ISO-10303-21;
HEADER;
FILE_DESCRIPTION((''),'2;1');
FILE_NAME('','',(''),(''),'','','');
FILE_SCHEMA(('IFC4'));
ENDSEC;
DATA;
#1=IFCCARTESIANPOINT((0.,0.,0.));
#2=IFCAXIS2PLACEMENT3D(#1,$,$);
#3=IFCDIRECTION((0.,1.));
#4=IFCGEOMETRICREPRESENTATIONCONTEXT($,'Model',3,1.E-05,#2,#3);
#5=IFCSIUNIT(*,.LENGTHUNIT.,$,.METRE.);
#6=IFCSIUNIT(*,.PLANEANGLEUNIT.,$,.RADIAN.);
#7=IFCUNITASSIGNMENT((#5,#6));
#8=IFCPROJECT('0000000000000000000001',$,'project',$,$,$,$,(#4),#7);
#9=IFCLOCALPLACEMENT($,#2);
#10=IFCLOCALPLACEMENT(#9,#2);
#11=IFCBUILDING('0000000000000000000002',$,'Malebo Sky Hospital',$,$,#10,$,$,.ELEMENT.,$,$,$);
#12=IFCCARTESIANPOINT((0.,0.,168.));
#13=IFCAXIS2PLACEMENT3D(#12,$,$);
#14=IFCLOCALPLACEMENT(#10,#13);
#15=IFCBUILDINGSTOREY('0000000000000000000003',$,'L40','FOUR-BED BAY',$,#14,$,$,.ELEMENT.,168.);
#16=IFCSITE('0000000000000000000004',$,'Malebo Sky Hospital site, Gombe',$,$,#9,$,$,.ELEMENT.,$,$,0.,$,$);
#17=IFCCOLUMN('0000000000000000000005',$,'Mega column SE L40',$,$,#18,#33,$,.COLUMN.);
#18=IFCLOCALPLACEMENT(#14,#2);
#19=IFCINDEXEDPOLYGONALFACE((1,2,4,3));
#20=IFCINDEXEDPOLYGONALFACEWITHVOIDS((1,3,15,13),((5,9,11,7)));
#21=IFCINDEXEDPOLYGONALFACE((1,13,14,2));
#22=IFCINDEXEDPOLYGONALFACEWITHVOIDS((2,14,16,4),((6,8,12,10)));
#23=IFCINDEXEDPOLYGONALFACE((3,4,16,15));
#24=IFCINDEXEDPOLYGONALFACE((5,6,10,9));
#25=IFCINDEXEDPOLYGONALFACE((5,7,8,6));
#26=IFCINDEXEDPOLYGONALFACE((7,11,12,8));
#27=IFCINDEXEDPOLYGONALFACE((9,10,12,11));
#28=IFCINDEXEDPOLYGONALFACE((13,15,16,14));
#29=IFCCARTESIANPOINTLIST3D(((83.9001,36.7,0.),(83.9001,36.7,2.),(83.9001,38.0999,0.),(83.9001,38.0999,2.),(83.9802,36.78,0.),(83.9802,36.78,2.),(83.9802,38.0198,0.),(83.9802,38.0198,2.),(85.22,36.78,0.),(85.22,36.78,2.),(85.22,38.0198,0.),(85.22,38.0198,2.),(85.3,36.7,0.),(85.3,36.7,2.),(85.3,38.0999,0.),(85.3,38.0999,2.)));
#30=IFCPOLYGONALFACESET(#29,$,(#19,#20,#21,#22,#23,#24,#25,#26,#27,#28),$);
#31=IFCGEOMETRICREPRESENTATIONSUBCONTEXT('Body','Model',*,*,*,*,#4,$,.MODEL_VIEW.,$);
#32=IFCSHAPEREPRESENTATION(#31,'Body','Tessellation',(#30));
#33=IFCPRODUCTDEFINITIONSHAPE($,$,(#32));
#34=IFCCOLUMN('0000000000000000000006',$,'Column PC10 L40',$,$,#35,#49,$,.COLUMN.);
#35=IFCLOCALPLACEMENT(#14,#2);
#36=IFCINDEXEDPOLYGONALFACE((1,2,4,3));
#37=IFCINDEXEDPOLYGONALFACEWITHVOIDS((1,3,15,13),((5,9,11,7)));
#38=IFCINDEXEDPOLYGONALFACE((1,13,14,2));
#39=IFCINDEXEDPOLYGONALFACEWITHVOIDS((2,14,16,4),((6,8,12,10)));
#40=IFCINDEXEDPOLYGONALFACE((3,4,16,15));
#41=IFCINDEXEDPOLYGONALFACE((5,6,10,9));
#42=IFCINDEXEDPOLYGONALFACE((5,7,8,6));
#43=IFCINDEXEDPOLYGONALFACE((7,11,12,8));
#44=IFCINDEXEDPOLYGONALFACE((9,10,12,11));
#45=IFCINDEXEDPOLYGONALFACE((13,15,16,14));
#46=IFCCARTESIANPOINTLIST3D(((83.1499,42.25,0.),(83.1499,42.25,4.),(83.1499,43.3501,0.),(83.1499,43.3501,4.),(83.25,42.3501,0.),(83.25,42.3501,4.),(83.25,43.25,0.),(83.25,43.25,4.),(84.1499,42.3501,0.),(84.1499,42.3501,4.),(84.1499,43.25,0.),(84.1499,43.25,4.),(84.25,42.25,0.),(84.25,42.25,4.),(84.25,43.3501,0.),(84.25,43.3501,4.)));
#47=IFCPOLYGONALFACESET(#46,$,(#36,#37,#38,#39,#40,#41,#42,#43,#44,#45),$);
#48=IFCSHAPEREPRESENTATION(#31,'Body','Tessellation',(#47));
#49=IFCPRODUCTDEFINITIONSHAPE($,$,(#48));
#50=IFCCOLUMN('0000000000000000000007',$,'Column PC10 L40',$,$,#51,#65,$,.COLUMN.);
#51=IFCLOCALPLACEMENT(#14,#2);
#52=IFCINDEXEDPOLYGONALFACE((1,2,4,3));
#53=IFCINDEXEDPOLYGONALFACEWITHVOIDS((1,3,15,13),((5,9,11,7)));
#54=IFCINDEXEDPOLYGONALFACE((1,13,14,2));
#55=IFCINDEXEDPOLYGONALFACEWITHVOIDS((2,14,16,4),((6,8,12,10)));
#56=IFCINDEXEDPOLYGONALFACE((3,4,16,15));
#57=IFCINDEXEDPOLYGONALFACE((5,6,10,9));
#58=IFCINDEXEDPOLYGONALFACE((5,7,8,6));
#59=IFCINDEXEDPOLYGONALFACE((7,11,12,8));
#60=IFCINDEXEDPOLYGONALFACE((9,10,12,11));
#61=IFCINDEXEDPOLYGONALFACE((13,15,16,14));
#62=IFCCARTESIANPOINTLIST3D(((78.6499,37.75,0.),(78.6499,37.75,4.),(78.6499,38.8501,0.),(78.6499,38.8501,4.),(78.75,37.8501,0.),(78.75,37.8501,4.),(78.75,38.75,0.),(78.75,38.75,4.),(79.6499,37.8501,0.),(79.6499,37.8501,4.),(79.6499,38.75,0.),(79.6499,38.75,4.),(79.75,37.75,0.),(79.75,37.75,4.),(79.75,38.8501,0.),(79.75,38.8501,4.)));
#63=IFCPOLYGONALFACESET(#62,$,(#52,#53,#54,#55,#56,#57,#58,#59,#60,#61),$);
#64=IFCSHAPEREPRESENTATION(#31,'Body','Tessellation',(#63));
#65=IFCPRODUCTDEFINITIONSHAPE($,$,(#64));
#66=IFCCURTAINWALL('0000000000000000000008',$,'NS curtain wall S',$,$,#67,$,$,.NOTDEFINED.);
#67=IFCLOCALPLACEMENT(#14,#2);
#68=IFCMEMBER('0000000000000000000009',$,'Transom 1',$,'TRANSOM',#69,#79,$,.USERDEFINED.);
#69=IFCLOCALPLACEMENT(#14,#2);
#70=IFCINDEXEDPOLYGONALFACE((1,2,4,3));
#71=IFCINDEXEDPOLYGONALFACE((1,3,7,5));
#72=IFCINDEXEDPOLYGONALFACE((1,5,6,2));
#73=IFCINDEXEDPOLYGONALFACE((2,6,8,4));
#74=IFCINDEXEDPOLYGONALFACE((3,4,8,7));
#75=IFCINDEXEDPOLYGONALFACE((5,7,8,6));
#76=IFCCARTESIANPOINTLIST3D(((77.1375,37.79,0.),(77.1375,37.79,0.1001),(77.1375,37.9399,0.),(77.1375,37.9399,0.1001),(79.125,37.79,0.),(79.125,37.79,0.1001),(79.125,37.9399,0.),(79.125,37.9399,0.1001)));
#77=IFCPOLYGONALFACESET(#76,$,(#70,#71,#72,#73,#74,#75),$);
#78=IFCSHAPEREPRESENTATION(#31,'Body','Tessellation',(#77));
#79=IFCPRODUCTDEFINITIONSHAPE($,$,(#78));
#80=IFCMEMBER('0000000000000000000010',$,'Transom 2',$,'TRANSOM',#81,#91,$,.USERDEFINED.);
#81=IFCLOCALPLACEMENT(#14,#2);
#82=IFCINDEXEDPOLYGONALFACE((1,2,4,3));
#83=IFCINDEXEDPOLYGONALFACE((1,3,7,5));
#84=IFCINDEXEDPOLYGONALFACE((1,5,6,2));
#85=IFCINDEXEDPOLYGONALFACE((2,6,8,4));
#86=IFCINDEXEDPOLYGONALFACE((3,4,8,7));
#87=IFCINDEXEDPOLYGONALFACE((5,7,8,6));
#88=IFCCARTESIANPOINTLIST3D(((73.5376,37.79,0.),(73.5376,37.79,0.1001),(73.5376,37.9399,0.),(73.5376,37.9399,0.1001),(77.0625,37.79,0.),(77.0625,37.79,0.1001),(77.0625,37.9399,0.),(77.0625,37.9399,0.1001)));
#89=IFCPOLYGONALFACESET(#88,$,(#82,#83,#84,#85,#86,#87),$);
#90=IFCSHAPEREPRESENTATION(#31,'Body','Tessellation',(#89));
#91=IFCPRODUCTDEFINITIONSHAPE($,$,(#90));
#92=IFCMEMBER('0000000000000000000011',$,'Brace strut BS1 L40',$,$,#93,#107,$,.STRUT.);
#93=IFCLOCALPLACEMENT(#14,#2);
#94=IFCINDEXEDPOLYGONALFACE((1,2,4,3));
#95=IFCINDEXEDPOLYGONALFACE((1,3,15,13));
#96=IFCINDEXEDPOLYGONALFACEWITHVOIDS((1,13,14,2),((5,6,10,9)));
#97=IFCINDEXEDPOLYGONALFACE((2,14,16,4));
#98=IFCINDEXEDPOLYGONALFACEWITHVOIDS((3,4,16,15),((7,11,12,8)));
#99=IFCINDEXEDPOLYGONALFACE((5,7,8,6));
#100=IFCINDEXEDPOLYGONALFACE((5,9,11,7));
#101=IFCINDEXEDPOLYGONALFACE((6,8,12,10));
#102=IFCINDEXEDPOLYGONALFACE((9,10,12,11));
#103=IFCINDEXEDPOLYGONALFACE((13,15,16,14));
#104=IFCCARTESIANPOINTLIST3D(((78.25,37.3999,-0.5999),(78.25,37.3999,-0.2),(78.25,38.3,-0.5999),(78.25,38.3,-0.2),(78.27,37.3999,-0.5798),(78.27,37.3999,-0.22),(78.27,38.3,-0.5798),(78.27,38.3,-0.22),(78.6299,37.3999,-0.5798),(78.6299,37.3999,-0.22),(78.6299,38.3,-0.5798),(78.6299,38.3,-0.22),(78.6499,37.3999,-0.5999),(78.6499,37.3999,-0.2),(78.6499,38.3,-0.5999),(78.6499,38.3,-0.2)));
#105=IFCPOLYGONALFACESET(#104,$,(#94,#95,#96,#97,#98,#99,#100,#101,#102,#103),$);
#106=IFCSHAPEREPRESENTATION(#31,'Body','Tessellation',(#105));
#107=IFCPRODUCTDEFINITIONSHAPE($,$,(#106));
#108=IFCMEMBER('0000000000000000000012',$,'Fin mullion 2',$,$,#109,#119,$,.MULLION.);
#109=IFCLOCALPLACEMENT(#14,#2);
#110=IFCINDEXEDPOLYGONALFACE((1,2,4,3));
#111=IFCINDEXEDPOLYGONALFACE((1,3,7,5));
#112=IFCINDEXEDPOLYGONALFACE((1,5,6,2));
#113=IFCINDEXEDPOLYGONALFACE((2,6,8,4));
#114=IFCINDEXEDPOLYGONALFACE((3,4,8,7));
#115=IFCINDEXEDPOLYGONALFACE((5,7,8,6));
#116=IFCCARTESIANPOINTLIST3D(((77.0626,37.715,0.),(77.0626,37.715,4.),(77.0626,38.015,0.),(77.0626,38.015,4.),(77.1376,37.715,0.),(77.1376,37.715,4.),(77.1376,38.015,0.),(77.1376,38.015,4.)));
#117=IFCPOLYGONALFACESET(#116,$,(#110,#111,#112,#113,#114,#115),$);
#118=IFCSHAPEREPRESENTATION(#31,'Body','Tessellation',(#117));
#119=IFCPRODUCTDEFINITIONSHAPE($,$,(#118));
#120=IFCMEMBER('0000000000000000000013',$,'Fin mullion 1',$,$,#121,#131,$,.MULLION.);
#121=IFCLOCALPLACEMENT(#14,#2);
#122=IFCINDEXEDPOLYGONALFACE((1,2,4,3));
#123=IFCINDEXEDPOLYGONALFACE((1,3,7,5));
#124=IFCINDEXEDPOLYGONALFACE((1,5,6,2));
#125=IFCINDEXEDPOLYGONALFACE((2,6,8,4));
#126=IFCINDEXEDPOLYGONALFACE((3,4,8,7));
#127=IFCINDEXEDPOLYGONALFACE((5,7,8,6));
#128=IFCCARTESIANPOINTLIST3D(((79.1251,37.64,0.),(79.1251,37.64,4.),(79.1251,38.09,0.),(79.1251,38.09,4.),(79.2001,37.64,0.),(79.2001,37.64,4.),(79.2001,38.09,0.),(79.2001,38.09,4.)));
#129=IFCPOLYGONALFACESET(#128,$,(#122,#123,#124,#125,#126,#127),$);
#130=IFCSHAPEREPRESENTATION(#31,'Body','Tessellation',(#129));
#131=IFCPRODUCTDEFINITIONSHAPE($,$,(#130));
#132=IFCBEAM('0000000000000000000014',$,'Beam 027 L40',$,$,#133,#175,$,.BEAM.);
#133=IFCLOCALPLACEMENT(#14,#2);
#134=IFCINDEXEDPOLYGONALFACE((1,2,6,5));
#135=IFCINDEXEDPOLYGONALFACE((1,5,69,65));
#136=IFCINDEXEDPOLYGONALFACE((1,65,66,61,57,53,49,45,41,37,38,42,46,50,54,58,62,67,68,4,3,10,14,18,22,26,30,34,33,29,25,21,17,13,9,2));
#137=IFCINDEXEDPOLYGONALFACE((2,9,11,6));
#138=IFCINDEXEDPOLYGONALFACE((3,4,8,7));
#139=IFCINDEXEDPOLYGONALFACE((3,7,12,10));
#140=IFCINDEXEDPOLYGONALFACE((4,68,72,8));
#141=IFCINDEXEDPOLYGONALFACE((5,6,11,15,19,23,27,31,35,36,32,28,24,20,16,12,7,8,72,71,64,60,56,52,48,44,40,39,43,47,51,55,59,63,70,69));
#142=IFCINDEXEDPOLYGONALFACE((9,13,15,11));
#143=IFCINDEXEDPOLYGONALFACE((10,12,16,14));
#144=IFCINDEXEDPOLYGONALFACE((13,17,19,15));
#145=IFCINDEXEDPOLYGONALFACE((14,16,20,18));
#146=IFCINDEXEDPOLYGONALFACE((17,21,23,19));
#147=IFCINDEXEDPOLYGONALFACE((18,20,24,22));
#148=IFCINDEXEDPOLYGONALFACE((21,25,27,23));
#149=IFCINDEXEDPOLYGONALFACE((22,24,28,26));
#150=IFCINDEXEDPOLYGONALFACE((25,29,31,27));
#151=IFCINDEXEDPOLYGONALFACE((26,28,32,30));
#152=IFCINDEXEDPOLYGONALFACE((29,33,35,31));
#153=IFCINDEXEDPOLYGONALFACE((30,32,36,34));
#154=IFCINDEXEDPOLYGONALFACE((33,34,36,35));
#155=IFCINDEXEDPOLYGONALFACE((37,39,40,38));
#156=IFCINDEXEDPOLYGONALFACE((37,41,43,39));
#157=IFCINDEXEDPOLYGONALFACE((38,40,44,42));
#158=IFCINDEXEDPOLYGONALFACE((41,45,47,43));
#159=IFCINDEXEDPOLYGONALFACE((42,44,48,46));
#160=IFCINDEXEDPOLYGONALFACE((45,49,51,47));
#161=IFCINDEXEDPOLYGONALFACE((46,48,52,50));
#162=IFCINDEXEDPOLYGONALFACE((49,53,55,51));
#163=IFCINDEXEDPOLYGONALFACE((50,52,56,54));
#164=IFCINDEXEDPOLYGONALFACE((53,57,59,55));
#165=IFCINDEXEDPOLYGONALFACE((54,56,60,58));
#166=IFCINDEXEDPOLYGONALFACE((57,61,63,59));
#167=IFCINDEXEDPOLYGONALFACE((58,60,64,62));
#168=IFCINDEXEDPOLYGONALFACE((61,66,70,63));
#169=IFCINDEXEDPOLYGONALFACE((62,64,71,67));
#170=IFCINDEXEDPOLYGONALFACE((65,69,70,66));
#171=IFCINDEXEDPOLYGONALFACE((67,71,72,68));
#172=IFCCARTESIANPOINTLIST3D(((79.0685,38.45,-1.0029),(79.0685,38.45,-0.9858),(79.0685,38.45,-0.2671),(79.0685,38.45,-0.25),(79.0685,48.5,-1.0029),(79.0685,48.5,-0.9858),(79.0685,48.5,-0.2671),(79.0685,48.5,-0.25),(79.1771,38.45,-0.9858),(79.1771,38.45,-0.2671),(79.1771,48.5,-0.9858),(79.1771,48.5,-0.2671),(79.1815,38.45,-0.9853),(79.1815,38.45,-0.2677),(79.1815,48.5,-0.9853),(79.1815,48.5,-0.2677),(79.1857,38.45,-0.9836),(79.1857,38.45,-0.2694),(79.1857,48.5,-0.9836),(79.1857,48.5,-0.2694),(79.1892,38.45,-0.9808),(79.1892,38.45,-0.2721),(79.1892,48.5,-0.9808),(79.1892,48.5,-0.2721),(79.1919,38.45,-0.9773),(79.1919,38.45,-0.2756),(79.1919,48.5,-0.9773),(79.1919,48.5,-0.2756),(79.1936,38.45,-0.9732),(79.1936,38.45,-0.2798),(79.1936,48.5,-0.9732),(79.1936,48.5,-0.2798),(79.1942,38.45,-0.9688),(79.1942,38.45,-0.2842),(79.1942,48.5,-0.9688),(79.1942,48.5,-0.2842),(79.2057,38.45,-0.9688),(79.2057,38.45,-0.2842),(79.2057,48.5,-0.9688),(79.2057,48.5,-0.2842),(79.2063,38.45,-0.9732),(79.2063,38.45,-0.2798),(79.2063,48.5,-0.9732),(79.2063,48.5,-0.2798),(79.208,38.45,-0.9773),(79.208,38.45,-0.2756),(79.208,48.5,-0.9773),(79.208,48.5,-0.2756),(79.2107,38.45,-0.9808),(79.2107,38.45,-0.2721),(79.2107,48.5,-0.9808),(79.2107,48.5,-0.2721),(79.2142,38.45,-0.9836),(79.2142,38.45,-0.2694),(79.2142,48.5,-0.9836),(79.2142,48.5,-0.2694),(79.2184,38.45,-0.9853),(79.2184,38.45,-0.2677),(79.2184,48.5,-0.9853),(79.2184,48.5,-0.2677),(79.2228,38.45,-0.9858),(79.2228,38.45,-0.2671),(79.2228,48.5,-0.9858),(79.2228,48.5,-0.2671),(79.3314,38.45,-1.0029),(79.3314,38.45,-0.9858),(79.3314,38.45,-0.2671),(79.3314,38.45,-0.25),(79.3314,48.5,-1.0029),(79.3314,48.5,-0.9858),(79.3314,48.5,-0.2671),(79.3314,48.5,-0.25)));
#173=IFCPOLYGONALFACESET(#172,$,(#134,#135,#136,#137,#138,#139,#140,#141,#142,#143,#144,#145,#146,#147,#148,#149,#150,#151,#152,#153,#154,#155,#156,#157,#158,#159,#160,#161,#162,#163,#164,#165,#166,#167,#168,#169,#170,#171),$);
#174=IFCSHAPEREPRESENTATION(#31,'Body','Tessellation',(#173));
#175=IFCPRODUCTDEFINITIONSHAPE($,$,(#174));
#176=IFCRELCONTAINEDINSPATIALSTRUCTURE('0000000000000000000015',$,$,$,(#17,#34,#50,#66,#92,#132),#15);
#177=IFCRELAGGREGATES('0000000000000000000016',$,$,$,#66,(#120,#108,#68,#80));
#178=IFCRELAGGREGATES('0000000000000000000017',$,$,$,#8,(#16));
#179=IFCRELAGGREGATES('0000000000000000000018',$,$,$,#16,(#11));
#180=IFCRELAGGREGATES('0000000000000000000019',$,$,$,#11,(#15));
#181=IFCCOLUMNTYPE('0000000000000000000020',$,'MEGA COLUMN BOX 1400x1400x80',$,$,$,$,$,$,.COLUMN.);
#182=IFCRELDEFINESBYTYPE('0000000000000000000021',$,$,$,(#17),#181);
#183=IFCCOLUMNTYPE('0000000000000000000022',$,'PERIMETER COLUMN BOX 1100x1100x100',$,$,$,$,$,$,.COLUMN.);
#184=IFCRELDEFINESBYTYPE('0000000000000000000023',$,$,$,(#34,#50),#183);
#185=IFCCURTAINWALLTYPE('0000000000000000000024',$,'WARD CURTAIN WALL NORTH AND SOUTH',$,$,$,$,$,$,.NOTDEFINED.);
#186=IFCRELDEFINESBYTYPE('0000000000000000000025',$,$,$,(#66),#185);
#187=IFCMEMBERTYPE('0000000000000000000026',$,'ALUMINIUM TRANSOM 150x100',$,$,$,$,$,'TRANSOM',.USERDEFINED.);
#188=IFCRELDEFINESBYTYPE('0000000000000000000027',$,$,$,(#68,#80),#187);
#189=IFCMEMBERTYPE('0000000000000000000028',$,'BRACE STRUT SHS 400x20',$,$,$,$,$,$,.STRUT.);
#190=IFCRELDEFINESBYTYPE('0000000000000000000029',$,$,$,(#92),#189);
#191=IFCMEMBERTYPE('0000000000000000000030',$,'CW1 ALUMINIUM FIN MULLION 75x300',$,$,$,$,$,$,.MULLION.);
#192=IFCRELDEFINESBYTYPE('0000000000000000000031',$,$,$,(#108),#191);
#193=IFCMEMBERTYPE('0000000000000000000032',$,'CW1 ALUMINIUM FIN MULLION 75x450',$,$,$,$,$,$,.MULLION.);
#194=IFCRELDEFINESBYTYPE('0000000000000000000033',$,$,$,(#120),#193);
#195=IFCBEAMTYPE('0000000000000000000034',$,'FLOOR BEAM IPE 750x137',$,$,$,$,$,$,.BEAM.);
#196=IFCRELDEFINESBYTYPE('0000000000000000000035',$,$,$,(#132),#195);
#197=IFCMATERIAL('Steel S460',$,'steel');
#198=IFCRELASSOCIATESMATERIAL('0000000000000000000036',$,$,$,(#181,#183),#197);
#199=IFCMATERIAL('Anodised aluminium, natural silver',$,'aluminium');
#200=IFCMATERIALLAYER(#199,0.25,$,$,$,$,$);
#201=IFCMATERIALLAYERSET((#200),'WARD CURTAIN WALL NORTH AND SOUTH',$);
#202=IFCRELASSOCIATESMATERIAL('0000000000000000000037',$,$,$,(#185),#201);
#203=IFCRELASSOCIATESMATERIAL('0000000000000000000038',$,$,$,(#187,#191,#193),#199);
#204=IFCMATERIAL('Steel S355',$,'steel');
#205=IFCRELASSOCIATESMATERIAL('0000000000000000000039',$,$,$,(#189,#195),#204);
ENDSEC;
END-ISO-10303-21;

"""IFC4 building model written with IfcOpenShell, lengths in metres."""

from ifc_helpers import new_model, si_unit, direction, frame, origin, origin_2d, place, context, subcontext, project, spatial, rectangle, hollow_rectangle, i_section, extrude, material, layer, layer_set, material_profile, profile_set, type_object, element, aggregate, save


model = new_model("IFC4")

# Units and contexts
model_context = context("Model", 3, precision=1e-05, world=origin(), true_north=direction((0.0, 1.0)))
body_context = subcontext(model_context, "Body", "Model", "MODEL_VIEW")
ifc_project = project(units=[si_unit("LENGTHUNIT", "METRE"), si_unit("PLANEANGLEUNIT", "RADIAN")], contexts=[model_context])

# Site, building, storey
site_placement = place(None, origin())
site = spatial("IfcSite", under=ifc_project, at=site_placement, Name="Malebo Sky Hospital site, Gombe", CompositionType="ELEMENT", RefElevation=0.0)
building_placement = place(site_placement, origin())
building = spatial("IfcBuilding", under=site, at=building_placement, Name="Malebo Sky Hospital", CompositionType="ELEMENT")
storey_placement = place(building_placement, frame((0.0, 0.0, 168.0)))
storey = spatial("IfcBuildingStorey", under=building, at=storey_placement, Name="L40", Description="FOUR-BED BAY", CompositionType="ELEMENT", Elevation=168.0)

# Columns
ifc_material_1 = material(Name="Steel S460", Category="steel")
ifc_material_profile_1 = material_profile(ifc_material_1, hollow_rectangle(XDim=1.3999, YDim=1.3999, WallThickness=0.0801, at=origin_2d()), Name="BOX 1400x1400x80")
ifc_profile_set_1 = profile_set([ifc_material_profile_1], Name="Steel S460")
column_type_1 = type_object("IfcColumnType", Name="MEGA COLUMN BOX 1400x1400x80", PredefinedType="COLUMN", material=ifc_profile_set_1)
column_placement = place(storey_placement, frame((84.6001, 37.3999, 0.0), z_axis=(0.0, 0.0, 1.0), x_axis=(1.0, 0.0, 0.0)))
element("IfcColumn", 1, at=column_placement, inside=storey, type_object=column_type_1, Name="Mega column SE L40", PredefinedType="COLUMN", context=body_context, shape_type="SweptSolid", body=[
    extrude(hollow_rectangle(XDim=1.3999, YDim=1.3999, WallThickness=0.0801, at=origin_2d()), origin(), (0.0, 0.0, 1.0), 2.0),
])
ifc_material_profile_2 = material_profile(ifc_material_1, hollow_rectangle(XDim=1.1001, YDim=1.1001, WallThickness=0.1001, at=origin_2d()), Name="BOX 1100x1100x100")
ifc_profile_set_2 = profile_set([ifc_material_profile_2], Name="Steel S460")
column_type_2 = type_object("IfcColumnType", Name="PERIMETER COLUMN BOX 1100x1100x100", PredefinedType="COLUMN", material=ifc_profile_set_2)
for number, where, z_axis, x_axis, name in (
    (2, (83.7, 42.8, 0.0), (0.0, 0.0, 1.0), (1.0, 0.0, 0.0), "Column PC10 L40"),
    (3, (79.2, 38.3, 0.0), (0.0, 0.0, 1.0), (1.0, 0.0, 0.0), "Column PC10 L40"),
):
    element("IfcColumn", number, at=place(storey_placement, frame(where, z_axis=z_axis, x_axis=x_axis)), inside=storey, type_object=column_type_2, Name=name, PredefinedType="COLUMN", context=body_context, shape_type="SweptSolid", body=[
        extrude(hollow_rectangle(XDim=1.1001, YDim=1.1001, WallThickness=0.1001, at=origin_2d()), origin(), (0.0, 0.0, 1.0), 4.0),
    ])

# Curtain wall, members
ifc_material_2 = material(Name="Anodised aluminium, natural silver", Category="aluminium")
ifc_layer_1 = layer(ifc_material_2, 0.25)
ifc_layer_set_1 = layer_set([ifc_layer_1], Name="WARD CURTAIN WALL NORTH AND SOUTH")
curtain_wall_type = type_object("IfcCurtainWallType", Name="WARD CURTAIN WALL NORTH AND SOUTH", PredefinedType="NOTDEFINED", material=ifc_layer_set_1)
curtain_wall_placement = place(storey_placement, origin())
curtain_wall = element("IfcCurtainWall", 4, at=curtain_wall_placement, inside=storey, type_object=curtain_wall_type, Name="NS curtain wall S", PredefinedType="NOTDEFINED")
ifc_material_profile_3 = material_profile(ifc_material_2, rectangle(XDim=0.1499, YDim=0.1001, at=origin_2d()), Name="ALUMINIUM TRANSOM 150x100")
ifc_profile_set_3 = profile_set([ifc_material_profile_3], Name="Anodised aluminium, natural silver")
member_type_1 = type_object("IfcMemberType", Name="ALUMINIUM TRANSOM 150x100", ElementType="TRANSOM", PredefinedType="USERDEFINED", material=ifc_profile_set_3)
member_1_placement = place(storey_placement, frame((79.125, 37.865, 0.05), z_axis=(-1.0, 0.0, 0.0), x_axis=(0.0, -1.0, 0.0)))
member_1 = element("IfcMember", 5, at=member_1_placement, type_object=member_type_1, Name="Transom 1", ObjectType="TRANSOM", PredefinedType="USERDEFINED", context=body_context, shape_type="SweptSolid", body=[
    extrude(rectangle(XDim=0.1499, YDim=0.1001, at=origin_2d()), origin(), (0.0, 0.0, 1.0), 1.9875),
])
member_2_placement = place(storey_placement, frame((77.0625, 37.865, 0.05), z_axis=(-1.0, 0.0, 0.0), x_axis=(0.0, -1.0, 0.0)))
member_2 = element("IfcMember", 6, at=member_2_placement, type_object=member_type_1, Name="Transom 2", ObjectType="TRANSOM", PredefinedType="USERDEFINED", context=body_context, shape_type="SweptSolid", body=[
    extrude(rectangle(XDim=0.1499, YDim=0.1001, at=origin_2d()), origin(), (0.0, 0.0, 1.0), 3.5249),
])

# Members
ifc_material_3 = material(Name="Steel S355", Category="steel")
ifc_material_profile_4 = material_profile(ifc_material_3, hollow_rectangle(XDim=0.3999, YDim=0.3999, WallThickness=0.02, at=origin_2d()), Name="SHS 400x20")
ifc_profile_set_4 = profile_set([ifc_material_profile_4], Name="Steel S355")
member_type_2 = type_object("IfcMemberType", Name="BRACE STRUT SHS 400x20", PredefinedType="STRUT", material=ifc_profile_set_4)
member_3_placement = place(storey_placement, frame((78.45, 37.3999, -0.3999), z_axis=(0.0, 1.0, 0.0), x_axis=(-1.0, 0.0, 0.0)))
element("IfcMember", 7, at=member_3_placement, inside=storey, type_object=member_type_2, Name="Brace strut BS1 L40", PredefinedType="STRUT", context=body_context, shape_type="SweptSolid", body=[
    extrude(hollow_rectangle(XDim=0.3999, YDim=0.3999, WallThickness=0.02, at=origin_2d()), origin(), (0.0, 0.0, 1.0), 0.9001),
])
ifc_material_profile_5 = material_profile(ifc_material_2, rectangle(XDim=0.075, YDim=0.3, at=origin_2d()), Name="CW1 ALUMINIUM FIN MULLION 75x300")
ifc_profile_set_5 = profile_set([ifc_material_profile_5], Name="Anodised aluminium, natural silver")
member_type_3 = type_object("IfcMemberType", Name="CW1 ALUMINIUM FIN MULLION 75x300", PredefinedType="MULLION", material=ifc_profile_set_5)
member_4_placement = place(storey_placement, frame((77.1001, 37.865, 0.0), z_axis=(0.0, 0.0, 1.0), x_axis=(-1.0, 0.0, 0.0)))
member_4 = element("IfcMember", 8, at=member_4_placement, type_object=member_type_3, Name="Fin mullion 2", PredefinedType="MULLION", context=body_context, shape_type="SweptSolid", body=[
    extrude(rectangle(XDim=0.075, YDim=0.3, at=origin_2d()), origin(), (0.0, 0.0, 1.0), 4.0),
])
ifc_material_profile_6 = material_profile(ifc_material_2, rectangle(XDim=0.075, YDim=0.45, at=origin_2d()), Name="CW1 ALUMINIUM FIN MULLION 75x450")
ifc_profile_set_6 = profile_set([ifc_material_profile_6], Name="Anodised aluminium, natural silver")
member_type_4 = type_object("IfcMemberType", Name="CW1 ALUMINIUM FIN MULLION 75x450", PredefinedType="MULLION", material=ifc_profile_set_6)
member_5_placement = place(storey_placement, frame((79.1626, 37.865, 0.0), z_axis=(0.0, 0.0, 1.0), x_axis=(-1.0, 0.0, 0.0)))
member_5 = element("IfcMember", 9, at=member_5_placement, type_object=member_type_4, Name="Fin mullion 1", PredefinedType="MULLION", context=body_context, shape_type="SweptSolid", body=[
    extrude(rectangle(XDim=0.075, YDim=0.45, at=origin_2d()), origin(), (0.0, 0.0, 1.0), 4.0),
])

# Beam
ifc_material_profile_7 = material_profile(ifc_material_3, i_section(OverallWidth=0.2629, OverallDepth=0.7529, WebThickness=0.0115, FlangeThickness=0.0171, FilletRadius=0.0171, at=origin_2d()), Name="IPE 750x137")
ifc_profile_set_7 = profile_set([ifc_material_profile_7], Name="Steel S355")
beam_type = type_object("IfcBeamType", Name="FLOOR BEAM IPE 750x137", PredefinedType="BEAM", material=ifc_profile_set_7)
beam_placement = place(storey_placement, frame((79.2, 38.45, -0.6265), z_axis=(0.0, 1.0, 0.0), x_axis=(-1.0, 0.0, 0.0)))
element("IfcBeam", 10, at=beam_placement, inside=storey, type_object=beam_type, Name="Beam 027 L40", PredefinedType="BEAM", context=body_context, shape_type="SweptSolid", body=[
    extrude(i_section(OverallWidth=0.2629, OverallDepth=0.7529, WebThickness=0.0115, FlangeThickness=0.0171, FilletRadius=0.0171, at=origin_2d()), origin(), (0.0, 0.0, 1.0), 10.05),
])

aggregate(curtain_wall, [member_5, member_4, member_1, member_2])

save(model, "model.ifc")
